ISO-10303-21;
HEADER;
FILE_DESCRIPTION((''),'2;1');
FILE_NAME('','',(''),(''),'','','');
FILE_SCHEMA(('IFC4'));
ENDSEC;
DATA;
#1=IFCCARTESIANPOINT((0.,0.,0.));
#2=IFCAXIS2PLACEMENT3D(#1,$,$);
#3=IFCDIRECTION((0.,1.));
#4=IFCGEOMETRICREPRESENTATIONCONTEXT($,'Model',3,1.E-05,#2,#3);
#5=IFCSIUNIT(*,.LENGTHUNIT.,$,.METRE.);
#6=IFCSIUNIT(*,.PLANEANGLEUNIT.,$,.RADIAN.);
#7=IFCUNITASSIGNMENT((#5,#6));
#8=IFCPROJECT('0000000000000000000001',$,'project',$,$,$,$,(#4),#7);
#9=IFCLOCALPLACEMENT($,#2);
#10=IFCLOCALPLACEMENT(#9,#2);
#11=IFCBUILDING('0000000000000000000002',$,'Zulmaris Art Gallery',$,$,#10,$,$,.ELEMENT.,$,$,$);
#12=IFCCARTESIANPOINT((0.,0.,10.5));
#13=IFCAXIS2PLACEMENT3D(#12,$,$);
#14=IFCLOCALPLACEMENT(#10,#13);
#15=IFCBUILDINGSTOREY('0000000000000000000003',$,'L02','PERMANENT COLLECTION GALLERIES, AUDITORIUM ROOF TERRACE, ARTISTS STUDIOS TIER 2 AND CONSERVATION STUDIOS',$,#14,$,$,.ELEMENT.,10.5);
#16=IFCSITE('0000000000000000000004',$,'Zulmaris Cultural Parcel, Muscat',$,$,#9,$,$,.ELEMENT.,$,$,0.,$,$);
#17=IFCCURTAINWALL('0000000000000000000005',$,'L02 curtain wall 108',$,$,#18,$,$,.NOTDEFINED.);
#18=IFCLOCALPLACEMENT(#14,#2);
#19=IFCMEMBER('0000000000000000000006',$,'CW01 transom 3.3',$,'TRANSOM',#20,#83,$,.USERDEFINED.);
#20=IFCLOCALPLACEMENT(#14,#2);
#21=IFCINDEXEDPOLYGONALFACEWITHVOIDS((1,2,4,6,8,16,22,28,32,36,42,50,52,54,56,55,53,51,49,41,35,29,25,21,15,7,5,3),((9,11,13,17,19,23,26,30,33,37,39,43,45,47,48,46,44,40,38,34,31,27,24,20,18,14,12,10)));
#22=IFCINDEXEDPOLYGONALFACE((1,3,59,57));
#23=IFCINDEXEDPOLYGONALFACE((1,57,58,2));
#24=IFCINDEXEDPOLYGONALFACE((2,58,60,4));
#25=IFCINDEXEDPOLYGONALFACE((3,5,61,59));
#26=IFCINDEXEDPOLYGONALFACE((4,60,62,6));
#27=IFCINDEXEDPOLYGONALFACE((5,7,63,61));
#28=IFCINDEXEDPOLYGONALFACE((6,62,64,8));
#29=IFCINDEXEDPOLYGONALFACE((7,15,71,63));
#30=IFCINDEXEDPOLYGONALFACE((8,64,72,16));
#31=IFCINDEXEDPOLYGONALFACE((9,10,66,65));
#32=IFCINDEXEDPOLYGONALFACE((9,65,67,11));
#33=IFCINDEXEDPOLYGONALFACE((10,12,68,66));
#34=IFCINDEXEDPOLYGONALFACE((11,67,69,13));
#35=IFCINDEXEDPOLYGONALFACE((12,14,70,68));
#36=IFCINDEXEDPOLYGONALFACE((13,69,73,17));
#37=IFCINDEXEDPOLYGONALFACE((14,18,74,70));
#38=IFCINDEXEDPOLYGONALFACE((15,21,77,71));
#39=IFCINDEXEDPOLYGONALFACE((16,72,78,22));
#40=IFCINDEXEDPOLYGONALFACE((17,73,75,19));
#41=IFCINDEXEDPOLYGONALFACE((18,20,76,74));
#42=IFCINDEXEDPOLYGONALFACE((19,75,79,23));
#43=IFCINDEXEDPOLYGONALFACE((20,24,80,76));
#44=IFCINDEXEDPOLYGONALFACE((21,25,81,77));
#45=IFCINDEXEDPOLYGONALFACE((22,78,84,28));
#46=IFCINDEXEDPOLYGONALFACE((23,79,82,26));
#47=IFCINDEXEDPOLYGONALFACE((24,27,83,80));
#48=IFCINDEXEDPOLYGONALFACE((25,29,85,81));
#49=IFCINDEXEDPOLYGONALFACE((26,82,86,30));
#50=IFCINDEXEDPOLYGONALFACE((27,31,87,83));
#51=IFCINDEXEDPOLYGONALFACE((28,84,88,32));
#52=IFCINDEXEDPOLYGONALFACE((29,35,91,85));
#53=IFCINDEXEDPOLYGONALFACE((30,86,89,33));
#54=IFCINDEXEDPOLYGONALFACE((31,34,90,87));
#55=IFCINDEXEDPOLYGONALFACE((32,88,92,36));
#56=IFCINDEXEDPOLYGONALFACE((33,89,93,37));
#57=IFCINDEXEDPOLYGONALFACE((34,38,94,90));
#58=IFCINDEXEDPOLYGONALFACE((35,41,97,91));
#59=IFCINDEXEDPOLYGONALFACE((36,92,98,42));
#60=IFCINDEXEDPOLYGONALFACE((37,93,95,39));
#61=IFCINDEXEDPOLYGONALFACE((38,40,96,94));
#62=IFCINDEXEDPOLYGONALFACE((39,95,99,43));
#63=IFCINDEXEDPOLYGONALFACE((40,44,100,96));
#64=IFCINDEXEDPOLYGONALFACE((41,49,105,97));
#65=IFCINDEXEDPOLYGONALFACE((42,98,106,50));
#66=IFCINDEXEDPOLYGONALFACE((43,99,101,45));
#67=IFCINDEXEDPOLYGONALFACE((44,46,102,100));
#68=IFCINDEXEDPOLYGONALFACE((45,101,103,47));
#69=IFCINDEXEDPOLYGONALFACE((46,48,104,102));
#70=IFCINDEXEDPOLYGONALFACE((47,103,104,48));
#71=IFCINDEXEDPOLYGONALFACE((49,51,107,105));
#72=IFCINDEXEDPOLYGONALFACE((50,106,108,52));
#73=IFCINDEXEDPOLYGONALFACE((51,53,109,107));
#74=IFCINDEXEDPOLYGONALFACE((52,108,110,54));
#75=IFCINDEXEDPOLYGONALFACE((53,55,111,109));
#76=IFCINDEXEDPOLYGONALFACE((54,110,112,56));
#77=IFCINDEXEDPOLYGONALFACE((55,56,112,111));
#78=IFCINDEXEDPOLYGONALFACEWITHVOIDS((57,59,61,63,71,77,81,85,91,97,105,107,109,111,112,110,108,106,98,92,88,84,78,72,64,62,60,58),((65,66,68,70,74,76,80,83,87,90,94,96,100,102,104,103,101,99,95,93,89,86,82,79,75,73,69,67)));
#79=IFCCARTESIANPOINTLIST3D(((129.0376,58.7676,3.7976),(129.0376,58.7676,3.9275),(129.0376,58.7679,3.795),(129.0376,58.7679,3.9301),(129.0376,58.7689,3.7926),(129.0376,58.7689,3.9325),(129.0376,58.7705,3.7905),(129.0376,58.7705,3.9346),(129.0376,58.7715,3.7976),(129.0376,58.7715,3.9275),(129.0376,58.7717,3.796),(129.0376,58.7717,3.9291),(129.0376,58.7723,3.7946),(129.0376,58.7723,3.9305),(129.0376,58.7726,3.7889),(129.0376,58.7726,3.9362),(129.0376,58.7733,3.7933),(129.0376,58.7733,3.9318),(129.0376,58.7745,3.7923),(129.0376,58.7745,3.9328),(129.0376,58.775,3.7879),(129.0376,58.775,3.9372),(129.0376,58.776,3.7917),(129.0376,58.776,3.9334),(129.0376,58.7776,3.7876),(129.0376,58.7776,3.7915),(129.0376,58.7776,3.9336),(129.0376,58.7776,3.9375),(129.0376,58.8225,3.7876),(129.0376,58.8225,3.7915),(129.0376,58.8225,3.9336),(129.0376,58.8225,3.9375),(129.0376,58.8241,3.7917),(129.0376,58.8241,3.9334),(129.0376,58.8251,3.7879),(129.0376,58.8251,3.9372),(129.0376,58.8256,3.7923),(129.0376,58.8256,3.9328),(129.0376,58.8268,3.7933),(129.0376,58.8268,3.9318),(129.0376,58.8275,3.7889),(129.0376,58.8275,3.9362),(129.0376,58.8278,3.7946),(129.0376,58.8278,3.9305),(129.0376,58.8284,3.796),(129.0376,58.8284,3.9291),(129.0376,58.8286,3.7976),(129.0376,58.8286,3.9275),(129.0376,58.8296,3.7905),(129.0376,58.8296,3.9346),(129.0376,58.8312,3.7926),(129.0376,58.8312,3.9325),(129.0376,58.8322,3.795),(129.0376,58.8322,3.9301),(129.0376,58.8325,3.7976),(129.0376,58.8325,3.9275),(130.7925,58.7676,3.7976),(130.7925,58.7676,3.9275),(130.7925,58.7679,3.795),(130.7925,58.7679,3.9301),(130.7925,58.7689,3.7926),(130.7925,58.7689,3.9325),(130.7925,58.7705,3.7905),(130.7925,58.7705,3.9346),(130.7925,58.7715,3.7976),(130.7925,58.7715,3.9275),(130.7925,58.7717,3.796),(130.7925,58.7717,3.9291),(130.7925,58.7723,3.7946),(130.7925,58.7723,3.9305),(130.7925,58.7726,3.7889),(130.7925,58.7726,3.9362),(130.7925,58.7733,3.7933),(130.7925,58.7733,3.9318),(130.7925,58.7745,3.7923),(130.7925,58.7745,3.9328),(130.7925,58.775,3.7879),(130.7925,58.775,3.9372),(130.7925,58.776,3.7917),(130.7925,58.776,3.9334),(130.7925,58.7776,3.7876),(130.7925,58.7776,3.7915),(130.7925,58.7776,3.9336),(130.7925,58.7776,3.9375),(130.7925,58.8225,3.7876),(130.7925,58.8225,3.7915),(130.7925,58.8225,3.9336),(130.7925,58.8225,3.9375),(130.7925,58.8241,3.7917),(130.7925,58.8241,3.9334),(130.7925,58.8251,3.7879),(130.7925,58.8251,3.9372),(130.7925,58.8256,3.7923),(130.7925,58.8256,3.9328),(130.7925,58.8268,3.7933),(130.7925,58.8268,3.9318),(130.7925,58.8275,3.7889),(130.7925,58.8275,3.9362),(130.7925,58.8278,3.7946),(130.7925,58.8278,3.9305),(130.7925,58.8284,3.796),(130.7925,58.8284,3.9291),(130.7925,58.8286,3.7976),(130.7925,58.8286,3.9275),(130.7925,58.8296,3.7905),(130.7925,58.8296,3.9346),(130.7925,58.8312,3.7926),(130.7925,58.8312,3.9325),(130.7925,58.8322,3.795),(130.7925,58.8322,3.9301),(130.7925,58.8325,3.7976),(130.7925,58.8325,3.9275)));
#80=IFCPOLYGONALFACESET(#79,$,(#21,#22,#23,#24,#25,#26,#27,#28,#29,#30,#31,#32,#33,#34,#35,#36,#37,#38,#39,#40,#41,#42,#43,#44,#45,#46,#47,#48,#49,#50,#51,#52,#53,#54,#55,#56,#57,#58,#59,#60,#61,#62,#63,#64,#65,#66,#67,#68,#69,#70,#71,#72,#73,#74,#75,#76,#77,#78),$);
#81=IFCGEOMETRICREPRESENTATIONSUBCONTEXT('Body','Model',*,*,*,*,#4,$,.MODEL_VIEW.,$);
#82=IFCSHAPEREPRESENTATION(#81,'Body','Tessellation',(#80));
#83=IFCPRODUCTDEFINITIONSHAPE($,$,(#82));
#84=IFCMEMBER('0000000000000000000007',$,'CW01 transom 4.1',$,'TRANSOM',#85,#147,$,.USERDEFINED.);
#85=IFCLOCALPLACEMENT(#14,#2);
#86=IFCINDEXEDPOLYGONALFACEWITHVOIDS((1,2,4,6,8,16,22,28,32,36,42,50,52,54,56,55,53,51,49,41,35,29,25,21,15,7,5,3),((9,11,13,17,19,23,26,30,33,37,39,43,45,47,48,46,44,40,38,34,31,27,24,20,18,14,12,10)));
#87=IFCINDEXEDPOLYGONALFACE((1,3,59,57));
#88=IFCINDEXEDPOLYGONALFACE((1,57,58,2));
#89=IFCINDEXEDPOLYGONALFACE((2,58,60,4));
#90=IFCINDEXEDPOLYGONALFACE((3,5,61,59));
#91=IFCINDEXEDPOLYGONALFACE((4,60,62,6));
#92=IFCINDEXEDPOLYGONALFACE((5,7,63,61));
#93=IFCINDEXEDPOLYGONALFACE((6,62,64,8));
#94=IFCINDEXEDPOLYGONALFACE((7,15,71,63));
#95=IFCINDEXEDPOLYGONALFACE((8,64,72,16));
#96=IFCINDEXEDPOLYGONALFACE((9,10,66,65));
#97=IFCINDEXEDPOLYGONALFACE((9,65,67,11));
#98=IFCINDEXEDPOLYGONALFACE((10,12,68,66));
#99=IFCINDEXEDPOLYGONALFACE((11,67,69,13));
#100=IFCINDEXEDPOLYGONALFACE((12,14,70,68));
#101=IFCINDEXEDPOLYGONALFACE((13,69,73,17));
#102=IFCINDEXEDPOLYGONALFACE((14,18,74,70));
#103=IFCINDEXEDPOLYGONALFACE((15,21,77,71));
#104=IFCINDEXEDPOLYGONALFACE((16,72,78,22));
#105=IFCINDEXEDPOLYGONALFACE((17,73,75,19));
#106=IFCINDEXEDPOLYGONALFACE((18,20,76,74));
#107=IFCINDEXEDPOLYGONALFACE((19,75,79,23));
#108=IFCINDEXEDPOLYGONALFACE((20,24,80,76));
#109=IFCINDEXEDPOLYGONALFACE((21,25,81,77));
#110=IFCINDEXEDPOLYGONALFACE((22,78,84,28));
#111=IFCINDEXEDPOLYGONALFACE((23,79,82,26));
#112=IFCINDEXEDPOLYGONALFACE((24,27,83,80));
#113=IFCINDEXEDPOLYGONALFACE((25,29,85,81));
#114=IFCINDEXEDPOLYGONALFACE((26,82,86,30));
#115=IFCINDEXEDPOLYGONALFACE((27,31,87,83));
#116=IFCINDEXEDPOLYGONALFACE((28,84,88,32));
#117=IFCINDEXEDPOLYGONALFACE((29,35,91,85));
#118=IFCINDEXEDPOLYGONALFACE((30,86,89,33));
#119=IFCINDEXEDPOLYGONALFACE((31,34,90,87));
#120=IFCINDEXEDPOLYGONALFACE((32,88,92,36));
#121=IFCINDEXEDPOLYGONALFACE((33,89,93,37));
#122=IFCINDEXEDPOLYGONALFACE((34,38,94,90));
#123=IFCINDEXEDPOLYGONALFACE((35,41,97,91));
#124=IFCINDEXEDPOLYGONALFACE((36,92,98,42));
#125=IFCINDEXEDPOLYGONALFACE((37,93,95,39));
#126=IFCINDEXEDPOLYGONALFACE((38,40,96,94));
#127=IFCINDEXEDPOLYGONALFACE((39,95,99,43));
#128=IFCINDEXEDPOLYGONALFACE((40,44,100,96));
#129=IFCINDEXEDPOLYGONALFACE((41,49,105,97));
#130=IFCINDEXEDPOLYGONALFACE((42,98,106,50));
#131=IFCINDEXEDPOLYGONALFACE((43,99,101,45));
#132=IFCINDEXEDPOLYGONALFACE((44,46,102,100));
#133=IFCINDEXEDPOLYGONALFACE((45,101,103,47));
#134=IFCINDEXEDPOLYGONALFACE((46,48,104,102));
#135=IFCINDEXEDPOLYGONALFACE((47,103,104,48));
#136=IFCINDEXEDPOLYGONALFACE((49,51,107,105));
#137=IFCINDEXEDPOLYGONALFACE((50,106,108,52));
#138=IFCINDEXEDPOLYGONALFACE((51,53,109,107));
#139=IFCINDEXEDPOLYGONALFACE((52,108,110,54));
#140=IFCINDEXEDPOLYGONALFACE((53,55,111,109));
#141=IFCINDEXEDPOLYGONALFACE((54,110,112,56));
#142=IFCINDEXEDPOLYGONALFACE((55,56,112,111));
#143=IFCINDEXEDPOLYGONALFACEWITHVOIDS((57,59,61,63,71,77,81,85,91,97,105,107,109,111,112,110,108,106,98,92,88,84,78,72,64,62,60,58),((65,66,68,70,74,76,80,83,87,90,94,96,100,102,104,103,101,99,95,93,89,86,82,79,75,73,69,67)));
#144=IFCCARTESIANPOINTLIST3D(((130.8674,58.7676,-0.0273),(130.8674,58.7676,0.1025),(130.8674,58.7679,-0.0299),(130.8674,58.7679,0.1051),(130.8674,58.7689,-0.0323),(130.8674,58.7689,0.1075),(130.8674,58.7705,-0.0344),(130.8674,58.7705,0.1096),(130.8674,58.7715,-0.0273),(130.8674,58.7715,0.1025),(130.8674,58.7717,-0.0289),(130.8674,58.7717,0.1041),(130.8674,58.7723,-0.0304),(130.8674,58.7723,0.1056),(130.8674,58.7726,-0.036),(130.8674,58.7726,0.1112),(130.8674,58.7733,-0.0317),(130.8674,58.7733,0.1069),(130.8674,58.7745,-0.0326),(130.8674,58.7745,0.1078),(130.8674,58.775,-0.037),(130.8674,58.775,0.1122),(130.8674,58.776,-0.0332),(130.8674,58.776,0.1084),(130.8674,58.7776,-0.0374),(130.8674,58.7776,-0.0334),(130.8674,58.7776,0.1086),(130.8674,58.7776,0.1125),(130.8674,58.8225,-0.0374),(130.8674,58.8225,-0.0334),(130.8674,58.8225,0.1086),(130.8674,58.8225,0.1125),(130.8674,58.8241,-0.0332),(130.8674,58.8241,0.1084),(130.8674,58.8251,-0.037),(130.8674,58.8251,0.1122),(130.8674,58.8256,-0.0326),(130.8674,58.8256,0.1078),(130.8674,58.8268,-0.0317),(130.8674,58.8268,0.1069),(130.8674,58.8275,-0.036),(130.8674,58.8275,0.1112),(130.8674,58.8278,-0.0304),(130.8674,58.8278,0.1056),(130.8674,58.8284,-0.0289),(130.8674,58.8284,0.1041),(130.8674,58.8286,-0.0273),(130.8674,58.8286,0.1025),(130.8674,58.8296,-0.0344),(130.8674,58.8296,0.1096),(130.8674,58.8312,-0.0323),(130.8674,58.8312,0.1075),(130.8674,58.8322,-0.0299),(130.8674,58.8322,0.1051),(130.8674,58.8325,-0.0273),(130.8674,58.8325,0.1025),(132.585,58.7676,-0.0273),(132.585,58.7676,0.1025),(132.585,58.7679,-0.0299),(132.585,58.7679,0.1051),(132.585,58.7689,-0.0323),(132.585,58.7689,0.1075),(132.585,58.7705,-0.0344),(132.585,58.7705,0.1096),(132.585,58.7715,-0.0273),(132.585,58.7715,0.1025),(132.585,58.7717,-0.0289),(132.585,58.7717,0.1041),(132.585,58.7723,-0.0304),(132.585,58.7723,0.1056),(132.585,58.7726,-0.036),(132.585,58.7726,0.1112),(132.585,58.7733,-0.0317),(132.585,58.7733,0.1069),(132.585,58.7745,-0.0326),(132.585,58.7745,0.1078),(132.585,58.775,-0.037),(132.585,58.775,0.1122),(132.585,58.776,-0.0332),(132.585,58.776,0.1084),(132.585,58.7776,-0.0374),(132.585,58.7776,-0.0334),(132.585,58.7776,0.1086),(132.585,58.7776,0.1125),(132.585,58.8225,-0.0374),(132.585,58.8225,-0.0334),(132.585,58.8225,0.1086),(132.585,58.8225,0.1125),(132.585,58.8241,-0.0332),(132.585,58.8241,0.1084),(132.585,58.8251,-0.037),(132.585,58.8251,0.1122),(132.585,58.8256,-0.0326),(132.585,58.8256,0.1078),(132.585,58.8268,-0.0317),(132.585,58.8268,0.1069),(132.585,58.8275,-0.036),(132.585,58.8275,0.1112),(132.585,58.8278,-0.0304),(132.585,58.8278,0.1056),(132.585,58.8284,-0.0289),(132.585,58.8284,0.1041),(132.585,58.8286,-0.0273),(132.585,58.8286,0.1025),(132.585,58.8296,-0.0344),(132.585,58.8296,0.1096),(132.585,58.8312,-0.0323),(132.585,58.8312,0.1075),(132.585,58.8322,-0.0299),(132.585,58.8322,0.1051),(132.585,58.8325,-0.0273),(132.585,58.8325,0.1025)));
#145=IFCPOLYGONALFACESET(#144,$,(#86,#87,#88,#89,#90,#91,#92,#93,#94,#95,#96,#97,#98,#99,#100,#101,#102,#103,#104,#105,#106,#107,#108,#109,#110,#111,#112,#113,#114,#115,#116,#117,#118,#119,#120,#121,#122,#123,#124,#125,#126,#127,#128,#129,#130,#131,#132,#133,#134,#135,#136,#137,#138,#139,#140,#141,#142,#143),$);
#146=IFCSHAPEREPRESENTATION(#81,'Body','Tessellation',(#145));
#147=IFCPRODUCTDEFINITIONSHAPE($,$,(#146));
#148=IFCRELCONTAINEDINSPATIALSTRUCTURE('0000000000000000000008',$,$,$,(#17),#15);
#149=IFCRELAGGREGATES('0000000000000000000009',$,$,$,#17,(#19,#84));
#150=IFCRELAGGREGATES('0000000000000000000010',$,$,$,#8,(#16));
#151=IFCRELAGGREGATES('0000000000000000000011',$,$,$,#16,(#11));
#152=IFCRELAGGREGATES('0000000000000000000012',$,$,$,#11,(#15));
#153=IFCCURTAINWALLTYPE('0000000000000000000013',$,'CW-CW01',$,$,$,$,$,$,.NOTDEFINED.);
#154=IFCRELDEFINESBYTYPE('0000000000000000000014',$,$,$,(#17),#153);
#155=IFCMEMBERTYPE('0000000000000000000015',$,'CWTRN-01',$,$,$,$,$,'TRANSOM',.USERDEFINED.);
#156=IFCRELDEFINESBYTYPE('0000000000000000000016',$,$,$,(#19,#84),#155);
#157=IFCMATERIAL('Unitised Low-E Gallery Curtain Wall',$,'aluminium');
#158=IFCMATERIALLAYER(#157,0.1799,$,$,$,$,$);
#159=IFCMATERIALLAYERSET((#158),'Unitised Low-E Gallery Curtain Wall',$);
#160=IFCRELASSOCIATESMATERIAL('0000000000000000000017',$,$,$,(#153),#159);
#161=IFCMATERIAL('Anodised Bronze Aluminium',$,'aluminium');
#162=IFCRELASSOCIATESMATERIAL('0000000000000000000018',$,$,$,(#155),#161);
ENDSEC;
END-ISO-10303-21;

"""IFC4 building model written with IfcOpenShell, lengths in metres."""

from ifc_helpers import new_model, si_unit, direction, frame, origin, origin_2d, place, context, subcontext, project, spatial, hollow_rectangle, extrude, material, layer, layer_set, material_profile, profile_set, type_object, element, aggregate, save


model = new_model("IFC4")

# Units and contexts
model_context = context("Model", 3, precision=1e-05, world=origin(), true_north=direction((0.0, 1.0)))
body_context = subcontext(model_context, "Body", "Model", "MODEL_VIEW")
ifc_project = project(units=[si_unit("LENGTHUNIT", "METRE"), si_unit("PLANEANGLEUNIT", "RADIAN")], contexts=[model_context])

# Site, building, storey
site_placement = place(None, origin())
site = spatial("IfcSite", under=ifc_project, at=site_placement, Name="Zulmaris Cultural Parcel, Muscat", CompositionType="ELEMENT", RefElevation=0.0)
building_placement = place(site_placement, origin())
building = spatial("IfcBuilding", under=site, at=building_placement, Name="Zulmaris Art Gallery", CompositionType="ELEMENT")
storey_placement = place(building_placement, frame((0.0, 0.0, 10.5)))
storey = spatial("IfcBuildingStorey", under=building, at=storey_placement, Name="L02", Description="PERMANENT COLLECTION GALLERIES, AUDITORIUM ROOF TERRACE, ARTISTS STUDIOS TIER 2 AND CONSERVATION STUDIOS", CompositionType="ELEMENT", Elevation=10.5)

# Curtain wall
ifc_material_1 = material(Name="Unitised Low-E Gallery Curtain Wall", Category="aluminium")
ifc_layer_1 = layer(ifc_material_1, 0.1799)
ifc_layer_set_1 = layer_set([ifc_layer_1], Name="Unitised Low-E Gallery Curtain Wall")
curtain_wall_type = type_object("IfcCurtainWallType", Name="CW-CW01", PredefinedType="NOTDEFINED", material=ifc_layer_set_1)
curtain_wall_1_placement = place(storey_placement, origin())
curtain_wall_1 = element("IfcCurtainWall", 1, at=curtain_wall_1_placement, inside=storey, type_object=curtain_wall_type, Name="L02 curtain wall 108", PredefinedType="NOTDEFINED")
ifc_material_2 = material(Name="Anodised Bronze Aluminium", Category="aluminium")

# Members
ifc_material_profile_1 = material_profile(ifc_material_2, hollow_rectangle(XDim=0.0649, YDim=0.1499, WallThickness=0.0039, InnerFilletRadius=0.0061, OuterFilletRadius=0.01, at=origin_2d()), Name="ALU 65x150x4")
ifc_profile_set_1 = profile_set([ifc_material_profile_1], Name="Anodised Bronze Aluminium")
member_type_1 = type_object("IfcMemberType", Name="CWTRN-01", ElementType="TRANSOM", PredefinedType="USERDEFINED", material=ifc_profile_set_1)
member_1_placement = place(storey_placement, frame((129.0376, 58.8, 3.8625), z_axis=(1.0, 0.0, 0.0), x_axis=(0.0, 1.0, 0.0)))
member_1 = element("IfcMember", 2, at=member_1_placement, type_object=member_type_1, Name="CW01 transom 3.3", ObjectType="TRANSOM", PredefinedType="USERDEFINED", context=body_context, shape_type="SweptSolid", body=[
    extrude(hollow_rectangle(XDim=0.0649, YDim=0.1499, WallThickness=0.0039, InnerFilletRadius=0.0061, OuterFilletRadius=0.01, at=origin_2d()), origin(), (0.0, 0.0, 1.0), 1.7549),
])
member_2_placement = place(storey_placement, frame((130.8674, 58.8, 0.0376), z_axis=(1.0, 0.0, 0.0), x_axis=(0.0, 1.0, 0.0)))
member_2 = element("IfcMember", 3, at=member_2_placement, type_object=member_type_1, Name="CW01 transom 4.1", ObjectType="TRANSOM", PredefinedType="USERDEFINED", context=body_context, shape_type="SweptSolid", body=[
    extrude(hollow_rectangle(XDim=0.0649, YDim=0.1499, WallThickness=0.0039, InnerFilletRadius=0.0061, OuterFilletRadius=0.01, at=origin_2d()), origin(), (0.0, 0.0, 1.0), 1.7175),
])

aggregate(curtain_wall_1, [member_1, member_2])

save(model, "model.ifc")
